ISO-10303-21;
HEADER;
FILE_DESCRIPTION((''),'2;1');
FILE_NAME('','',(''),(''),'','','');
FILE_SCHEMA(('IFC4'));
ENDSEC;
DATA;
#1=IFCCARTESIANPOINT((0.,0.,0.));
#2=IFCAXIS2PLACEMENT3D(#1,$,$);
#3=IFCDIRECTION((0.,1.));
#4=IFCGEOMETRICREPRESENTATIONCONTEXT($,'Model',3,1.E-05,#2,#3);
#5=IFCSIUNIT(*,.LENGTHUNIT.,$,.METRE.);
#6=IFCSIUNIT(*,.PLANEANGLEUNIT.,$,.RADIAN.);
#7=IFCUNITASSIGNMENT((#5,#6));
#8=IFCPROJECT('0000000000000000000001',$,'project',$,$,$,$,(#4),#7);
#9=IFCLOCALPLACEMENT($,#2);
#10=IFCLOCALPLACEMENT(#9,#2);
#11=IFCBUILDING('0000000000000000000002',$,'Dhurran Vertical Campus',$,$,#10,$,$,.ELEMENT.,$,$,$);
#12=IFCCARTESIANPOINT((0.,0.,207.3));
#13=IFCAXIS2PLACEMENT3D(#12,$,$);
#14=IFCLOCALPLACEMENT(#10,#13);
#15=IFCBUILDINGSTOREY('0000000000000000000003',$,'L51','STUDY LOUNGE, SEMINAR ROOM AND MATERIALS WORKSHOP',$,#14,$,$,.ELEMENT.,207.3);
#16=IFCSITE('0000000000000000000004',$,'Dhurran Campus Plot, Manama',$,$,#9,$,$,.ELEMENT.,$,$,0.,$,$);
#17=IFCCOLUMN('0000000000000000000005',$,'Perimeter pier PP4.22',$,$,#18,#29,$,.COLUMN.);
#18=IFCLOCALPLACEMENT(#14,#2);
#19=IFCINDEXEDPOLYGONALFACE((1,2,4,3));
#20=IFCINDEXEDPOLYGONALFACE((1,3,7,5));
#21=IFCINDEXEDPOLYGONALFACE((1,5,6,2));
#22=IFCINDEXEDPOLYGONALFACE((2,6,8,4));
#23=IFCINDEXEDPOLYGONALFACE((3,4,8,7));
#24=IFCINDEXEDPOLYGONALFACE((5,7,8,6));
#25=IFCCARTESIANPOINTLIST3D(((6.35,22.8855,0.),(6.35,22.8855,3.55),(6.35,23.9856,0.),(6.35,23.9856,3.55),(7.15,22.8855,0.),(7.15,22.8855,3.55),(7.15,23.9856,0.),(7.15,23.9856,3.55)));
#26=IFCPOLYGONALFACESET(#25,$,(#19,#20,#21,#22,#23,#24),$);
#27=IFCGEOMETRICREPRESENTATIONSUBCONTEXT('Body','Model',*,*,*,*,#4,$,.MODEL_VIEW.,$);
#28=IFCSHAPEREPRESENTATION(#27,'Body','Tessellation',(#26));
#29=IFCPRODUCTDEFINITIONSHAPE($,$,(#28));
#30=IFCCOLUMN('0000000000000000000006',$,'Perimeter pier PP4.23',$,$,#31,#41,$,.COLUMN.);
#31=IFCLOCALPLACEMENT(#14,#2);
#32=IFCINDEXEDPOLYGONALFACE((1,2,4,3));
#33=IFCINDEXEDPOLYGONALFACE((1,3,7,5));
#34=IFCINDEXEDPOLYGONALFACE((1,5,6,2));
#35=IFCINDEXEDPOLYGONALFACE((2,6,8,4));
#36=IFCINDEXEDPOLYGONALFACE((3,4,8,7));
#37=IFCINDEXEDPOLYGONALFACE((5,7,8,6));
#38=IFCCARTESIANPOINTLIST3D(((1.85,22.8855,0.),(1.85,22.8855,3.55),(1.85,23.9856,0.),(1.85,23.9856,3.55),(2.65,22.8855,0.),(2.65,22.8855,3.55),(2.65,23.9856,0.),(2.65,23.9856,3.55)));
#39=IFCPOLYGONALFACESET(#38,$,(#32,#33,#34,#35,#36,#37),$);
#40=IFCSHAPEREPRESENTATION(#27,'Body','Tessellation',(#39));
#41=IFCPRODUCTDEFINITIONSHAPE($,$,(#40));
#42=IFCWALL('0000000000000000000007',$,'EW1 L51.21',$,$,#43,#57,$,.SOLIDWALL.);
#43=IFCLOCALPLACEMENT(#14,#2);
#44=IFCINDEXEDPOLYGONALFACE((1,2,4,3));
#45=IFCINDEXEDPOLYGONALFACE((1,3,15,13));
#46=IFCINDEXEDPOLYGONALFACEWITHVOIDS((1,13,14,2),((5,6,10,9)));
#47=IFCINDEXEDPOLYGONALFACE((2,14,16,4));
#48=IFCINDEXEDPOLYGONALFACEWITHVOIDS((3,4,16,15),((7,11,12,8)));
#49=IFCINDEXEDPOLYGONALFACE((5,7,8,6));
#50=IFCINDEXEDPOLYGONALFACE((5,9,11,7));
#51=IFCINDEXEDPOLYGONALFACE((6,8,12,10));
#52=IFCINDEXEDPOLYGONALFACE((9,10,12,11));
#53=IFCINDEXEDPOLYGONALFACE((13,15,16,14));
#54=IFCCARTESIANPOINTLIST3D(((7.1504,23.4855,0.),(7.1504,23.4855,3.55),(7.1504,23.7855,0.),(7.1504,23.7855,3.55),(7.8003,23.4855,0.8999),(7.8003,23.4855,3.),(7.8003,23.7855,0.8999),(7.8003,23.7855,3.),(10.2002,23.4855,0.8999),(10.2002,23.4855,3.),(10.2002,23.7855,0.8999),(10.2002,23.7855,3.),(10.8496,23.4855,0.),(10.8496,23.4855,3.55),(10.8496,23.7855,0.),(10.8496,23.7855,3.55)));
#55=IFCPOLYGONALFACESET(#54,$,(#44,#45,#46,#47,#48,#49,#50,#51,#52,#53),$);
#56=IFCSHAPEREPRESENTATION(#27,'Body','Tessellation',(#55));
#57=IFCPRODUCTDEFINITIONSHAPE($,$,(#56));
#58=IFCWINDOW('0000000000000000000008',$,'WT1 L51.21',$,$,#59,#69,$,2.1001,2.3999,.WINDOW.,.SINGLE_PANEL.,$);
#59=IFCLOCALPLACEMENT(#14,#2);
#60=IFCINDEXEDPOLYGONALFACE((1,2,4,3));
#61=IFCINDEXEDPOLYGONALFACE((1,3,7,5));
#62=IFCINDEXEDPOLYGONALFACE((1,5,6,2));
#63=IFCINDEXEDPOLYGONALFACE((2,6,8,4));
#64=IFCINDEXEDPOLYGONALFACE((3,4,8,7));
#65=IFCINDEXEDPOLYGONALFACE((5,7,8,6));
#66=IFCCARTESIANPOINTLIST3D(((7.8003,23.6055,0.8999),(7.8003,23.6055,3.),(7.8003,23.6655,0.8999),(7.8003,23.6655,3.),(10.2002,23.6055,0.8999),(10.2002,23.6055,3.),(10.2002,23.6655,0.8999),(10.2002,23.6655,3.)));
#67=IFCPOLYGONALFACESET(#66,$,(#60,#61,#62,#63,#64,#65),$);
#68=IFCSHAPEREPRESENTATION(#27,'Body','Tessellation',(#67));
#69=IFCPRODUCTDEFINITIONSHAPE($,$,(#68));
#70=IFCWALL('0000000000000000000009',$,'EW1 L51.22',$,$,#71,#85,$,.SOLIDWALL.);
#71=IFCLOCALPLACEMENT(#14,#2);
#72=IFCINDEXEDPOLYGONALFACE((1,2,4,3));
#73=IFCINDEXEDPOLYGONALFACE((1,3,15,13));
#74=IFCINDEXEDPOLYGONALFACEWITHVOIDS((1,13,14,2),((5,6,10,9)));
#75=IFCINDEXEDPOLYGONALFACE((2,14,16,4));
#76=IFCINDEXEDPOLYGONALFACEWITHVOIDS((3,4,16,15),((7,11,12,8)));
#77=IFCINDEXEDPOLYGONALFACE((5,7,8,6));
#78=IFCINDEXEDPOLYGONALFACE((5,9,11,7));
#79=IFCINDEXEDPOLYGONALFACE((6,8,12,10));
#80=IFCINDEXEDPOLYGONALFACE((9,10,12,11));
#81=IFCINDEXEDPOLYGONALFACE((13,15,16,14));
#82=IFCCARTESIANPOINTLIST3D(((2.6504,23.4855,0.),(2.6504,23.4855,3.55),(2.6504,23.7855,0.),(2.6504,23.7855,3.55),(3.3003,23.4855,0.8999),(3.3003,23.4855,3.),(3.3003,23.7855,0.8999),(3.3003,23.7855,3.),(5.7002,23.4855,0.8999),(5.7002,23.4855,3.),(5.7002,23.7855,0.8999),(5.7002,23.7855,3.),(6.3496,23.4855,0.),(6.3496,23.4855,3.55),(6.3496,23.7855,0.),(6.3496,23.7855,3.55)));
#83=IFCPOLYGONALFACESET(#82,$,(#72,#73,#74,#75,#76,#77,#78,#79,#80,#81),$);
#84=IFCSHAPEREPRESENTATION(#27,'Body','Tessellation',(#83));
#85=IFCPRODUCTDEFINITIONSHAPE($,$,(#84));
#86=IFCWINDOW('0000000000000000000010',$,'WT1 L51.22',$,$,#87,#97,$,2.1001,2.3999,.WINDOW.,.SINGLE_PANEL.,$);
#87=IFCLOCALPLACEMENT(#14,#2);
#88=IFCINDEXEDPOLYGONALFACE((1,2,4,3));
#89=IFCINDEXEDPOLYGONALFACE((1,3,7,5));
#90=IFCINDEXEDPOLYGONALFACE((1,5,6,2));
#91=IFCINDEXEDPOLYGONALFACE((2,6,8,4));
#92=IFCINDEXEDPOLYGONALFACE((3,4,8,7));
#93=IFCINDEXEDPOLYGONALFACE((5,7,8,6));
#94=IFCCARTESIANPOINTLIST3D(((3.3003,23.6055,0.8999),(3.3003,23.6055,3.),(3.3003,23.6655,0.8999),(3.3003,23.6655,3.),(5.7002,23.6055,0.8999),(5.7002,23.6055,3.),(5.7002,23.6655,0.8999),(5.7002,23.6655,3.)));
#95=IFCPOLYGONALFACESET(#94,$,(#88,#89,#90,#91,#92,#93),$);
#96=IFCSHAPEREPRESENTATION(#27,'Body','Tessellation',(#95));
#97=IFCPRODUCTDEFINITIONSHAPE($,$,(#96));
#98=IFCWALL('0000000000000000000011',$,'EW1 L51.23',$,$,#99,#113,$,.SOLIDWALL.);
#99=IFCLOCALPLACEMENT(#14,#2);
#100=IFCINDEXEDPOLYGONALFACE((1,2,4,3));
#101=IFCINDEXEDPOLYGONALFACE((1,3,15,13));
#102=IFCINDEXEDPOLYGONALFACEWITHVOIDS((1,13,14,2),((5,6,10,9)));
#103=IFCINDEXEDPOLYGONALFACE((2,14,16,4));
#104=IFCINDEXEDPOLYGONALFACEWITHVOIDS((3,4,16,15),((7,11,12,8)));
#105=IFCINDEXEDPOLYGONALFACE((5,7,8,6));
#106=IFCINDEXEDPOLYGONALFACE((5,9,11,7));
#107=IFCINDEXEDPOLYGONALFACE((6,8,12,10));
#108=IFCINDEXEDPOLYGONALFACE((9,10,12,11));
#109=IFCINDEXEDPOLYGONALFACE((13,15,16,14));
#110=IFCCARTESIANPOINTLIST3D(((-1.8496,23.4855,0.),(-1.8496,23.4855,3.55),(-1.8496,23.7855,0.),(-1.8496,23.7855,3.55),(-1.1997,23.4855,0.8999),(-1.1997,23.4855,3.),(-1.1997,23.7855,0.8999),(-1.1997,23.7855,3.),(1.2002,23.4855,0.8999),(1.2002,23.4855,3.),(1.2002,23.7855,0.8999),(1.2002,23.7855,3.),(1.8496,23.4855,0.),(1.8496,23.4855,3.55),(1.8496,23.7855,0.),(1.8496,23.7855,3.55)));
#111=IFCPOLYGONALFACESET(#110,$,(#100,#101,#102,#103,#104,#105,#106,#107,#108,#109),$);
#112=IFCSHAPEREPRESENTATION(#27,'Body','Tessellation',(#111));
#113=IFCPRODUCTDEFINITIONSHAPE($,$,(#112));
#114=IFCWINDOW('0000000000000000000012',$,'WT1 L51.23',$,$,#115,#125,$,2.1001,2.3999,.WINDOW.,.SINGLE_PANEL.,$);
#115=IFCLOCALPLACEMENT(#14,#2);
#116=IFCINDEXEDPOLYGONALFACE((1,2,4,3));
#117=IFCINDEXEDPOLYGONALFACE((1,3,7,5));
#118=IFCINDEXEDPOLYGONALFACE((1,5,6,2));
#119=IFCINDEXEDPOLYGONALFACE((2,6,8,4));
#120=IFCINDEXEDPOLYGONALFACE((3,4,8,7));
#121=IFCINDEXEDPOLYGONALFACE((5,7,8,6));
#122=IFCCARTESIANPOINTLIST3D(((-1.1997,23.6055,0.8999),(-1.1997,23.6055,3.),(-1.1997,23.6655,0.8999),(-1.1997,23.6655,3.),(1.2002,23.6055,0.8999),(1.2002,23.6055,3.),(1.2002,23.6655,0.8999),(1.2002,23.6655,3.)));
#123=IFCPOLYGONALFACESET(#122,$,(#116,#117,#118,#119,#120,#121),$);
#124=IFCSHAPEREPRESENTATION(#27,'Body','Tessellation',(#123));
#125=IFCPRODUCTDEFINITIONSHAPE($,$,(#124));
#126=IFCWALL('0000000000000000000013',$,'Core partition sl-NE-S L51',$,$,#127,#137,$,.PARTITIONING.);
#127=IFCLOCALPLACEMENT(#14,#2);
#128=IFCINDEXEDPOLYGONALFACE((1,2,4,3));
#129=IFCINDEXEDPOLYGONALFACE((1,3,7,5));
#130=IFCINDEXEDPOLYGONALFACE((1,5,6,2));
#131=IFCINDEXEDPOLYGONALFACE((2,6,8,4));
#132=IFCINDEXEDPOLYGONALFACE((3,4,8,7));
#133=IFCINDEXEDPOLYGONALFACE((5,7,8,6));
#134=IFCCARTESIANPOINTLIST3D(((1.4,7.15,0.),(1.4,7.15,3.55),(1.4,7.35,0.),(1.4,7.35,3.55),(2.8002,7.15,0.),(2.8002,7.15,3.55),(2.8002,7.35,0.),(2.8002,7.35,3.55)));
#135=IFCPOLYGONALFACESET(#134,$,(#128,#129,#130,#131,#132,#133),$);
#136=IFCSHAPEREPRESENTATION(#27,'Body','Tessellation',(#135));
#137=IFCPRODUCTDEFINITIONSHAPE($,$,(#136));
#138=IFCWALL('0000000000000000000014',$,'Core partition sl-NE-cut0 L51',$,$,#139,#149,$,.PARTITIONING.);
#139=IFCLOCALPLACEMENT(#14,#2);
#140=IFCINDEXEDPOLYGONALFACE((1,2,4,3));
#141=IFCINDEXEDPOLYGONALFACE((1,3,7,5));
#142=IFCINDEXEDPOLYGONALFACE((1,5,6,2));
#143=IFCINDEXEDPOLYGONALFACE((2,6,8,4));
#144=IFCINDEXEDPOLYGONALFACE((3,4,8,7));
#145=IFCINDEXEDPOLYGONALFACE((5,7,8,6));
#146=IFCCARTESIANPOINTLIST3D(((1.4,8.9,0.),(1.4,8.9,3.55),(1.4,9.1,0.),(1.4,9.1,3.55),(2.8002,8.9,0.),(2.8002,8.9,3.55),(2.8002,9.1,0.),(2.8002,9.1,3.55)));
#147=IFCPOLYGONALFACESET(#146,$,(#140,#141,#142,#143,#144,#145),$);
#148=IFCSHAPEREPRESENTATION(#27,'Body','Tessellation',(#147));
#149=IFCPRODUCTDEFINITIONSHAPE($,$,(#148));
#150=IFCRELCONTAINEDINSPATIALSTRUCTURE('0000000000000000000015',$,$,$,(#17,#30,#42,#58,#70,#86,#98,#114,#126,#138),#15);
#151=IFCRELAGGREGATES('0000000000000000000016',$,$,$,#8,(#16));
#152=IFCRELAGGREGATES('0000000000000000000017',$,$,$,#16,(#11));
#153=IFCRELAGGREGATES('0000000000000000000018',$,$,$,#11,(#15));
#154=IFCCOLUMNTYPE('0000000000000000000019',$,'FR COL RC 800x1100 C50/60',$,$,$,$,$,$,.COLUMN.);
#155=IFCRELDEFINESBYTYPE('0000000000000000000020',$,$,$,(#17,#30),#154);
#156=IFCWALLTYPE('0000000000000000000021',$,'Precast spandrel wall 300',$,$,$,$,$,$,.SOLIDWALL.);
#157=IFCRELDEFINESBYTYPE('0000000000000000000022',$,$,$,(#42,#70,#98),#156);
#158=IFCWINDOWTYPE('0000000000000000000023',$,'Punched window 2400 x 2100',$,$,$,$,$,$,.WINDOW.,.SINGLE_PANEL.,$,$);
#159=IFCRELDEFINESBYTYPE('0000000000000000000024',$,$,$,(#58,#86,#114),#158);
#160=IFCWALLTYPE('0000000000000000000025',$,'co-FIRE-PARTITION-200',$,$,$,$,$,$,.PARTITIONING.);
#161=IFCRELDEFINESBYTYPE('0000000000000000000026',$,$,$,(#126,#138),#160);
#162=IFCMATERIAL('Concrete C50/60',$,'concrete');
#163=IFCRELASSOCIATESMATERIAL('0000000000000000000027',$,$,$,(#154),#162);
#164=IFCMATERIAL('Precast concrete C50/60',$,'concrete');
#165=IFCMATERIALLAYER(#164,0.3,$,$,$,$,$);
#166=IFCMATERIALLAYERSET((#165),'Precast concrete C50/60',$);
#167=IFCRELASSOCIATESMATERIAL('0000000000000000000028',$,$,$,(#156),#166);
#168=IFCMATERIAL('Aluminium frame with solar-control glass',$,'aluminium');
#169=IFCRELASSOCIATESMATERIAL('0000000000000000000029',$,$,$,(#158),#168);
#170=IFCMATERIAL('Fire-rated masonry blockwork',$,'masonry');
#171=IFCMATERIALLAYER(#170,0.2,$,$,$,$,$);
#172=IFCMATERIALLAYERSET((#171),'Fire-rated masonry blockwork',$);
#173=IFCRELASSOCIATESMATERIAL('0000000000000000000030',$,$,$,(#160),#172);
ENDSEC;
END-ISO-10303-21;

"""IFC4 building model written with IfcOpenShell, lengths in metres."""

from ifc_helpers import new_model, si_unit, direction, frame, frame_2d, origin, origin_2d, place, context, subcontext, project, spatial, rectangle, extrude, material, layer, layer_set, material_profile, profile_set, type_object, element, fill, save


model = new_model("IFC4")

# Units and contexts
model_context = context("Model", 3, precision=1e-05, world=origin(), true_north=direction((0.0, 1.0)))
body_context = subcontext(model_context, "Body", "Model", "MODEL_VIEW")
ifc_project = project(units=[si_unit("LENGTHUNIT", "METRE"), si_unit("PLANEANGLEUNIT", "RADIAN")], contexts=[model_context])

# Site, building, storey
site_placement = place(None, origin())
site = spatial("IfcSite", under=ifc_project, at=site_placement, Name="Dhurran Campus Plot, Manama", CompositionType="ELEMENT", RefElevation=0.0)
building_placement = place(site_placement, origin())
building = spatial("IfcBuilding", under=site, at=building_placement, Name="Dhurran Vertical Campus", CompositionType="ELEMENT")
storey_placement = place(building_placement, frame((0.0, 0.0, 207.3)))
storey = spatial("IfcBuildingStorey", under=building, at=storey_placement, Name="L51", Description="STUDY LOUNGE, SEMINAR ROOM AND MATERIALS WORKSHOP", CompositionType="ELEMENT", Elevation=207.3)

# Columns
ifc_material_1 = material(Name="Concrete C50/60", Category="concrete")
ifc_material_profile = material_profile(ifc_material_1, rectangle(XDim=0.8, YDim=1.1001, at=origin_2d()), Name="RC 800x1100")
ifc_profile_set = profile_set([ifc_material_profile], Name="Concrete C50/60")
column_type = type_object("IfcColumnType", Name="FR COL RC 800x1100 C50/60", PredefinedType="COLUMN", material=ifc_profile_set)
for number, where, z_axis, x_axis, name in (
    (1, (6.75, 23.4355, 0.0), (0.0, 0.0, 1.0), (-1.0, 0.0, 0.0), "Perimeter pier PP4.22"),
    (2, (2.25, 23.4355, 0.0), (0.0, 0.0, 1.0), (-1.0, 0.0, 0.0), "Perimeter pier PP4.23"),
):
    element("IfcColumn", number, at=place(storey_placement, frame(where, z_axis=z_axis, x_axis=x_axis)), inside=storey, type_object=column_type, Name=name, PredefinedType="COLUMN", context=body_context, shape_type="SweptSolid", body=[
        extrude(rectangle(XDim=0.8, YDim=1.1001, at=origin_2d()), origin(), (0.0, 0.0, 1.0), 3.55),
    ])

# Walls, openings, windows
ifc_material_2 = material(Name="Precast concrete C50/60", Category="concrete")
ifc_layer_1 = layer(ifc_material_2, 0.3)
ifc_layer_set_1 = layer_set([ifc_layer_1], Name="Precast concrete C50/60")
wall_type_1 = type_object("IfcWallType", Name="Precast spandrel wall 300", PredefinedType="SOLIDWALL", material=ifc_layer_set_1)
wall_1_placement = place(storey_placement, frame((10.8496, 23.6355, 0.0), z_axis=(0.0, 0.0, 1.0), x_axis=(-1.0, 0.0, 0.0)))
wall_1 = element("IfcWall", 3, at=wall_1_placement, inside=storey, type_object=wall_type_1, Name="EW1 L51.21", PredefinedType="SOLIDWALL", context=body_context, shape_type="SweptSolid", body=[
    extrude(rectangle(XDim=3.6992, YDim=0.3, at=frame_2d((1.8496, 0.0))), origin(), (0.0, 0.0, 1.0), 3.55),
])
opening_1_placement = place(wall_1_placement, frame((0.6494, 0.0, 0.8999)))
opening_1 = element("IfcOpeningElement", 4, at=opening_1_placement, cuts=wall_1, PredefinedType="OPENING", context=body_context, shape_type="SweptSolid", body=[
    extrude(rectangle(XDim=2.3999, YDim=2.1001, at=frame_2d((1.2, 1.05))), frame((0.0, 0.1599, 0.0), z_axis=(0.0, -1.0, 0.0), x_axis=(1.0, 0.0, 0.0)), (0.0, 0.0, 1.0), 0.3201),
])
ifc_material_3 = material(Name="Aluminium frame with solar-control glass", Category="aluminium")
window_type = type_object("IfcWindowType", Name="Punched window 2400 x 2100", PartitioningType="SINGLE_PANEL", PredefinedType="WINDOW", material=ifc_material_3)
window_1_placement = place(opening_1_placement, origin())
window_1 = element("IfcWindow", 5, at=window_1_placement, inside=storey, type_object=window_type, Name="WT1 L51.21", OverallHeight=2.1001, OverallWidth=2.3999, PartitioningType="SINGLE_PANEL", PredefinedType="WINDOW", context=body_context, shape_type="SweptSolid", body=[
    extrude(rectangle(XDim=2.3999, YDim=2.1001, at=frame_2d((1.2, 1.05))), frame((0.0, 0.03, 0.0), z_axis=(0.0, -1.0, 0.0), x_axis=(1.0, 0.0, 0.0)), (0.0, 0.0, 1.0), 0.0601),
])
fill(opening_1, window_1)
wall_2_placement = place(storey_placement, frame((6.3496, 23.6355, 0.0), z_axis=(0.0, 0.0, 1.0), x_axis=(-1.0, 0.0, 0.0)))
wall_2 = element("IfcWall", 6, at=wall_2_placement, inside=storey, type_object=wall_type_1, Name="EW1 L51.22", PredefinedType="SOLIDWALL", context=body_context, shape_type="SweptSolid", body=[
    extrude(rectangle(XDim=3.6992, YDim=0.3, at=frame_2d((1.8496, 0.0))), origin(), (0.0, 0.0, 1.0), 3.55),
])
opening_2_placement = place(wall_2_placement, frame((0.6494, 0.0, 0.8999)))
opening_2 = element("IfcOpeningElement", 7, at=opening_2_placement, cuts=wall_2, PredefinedType="OPENING", context=body_context, shape_type="SweptSolid", body=[
    extrude(rectangle(XDim=2.3999, YDim=2.1001, at=frame_2d((1.2, 1.05))), frame((0.0, 0.1599, 0.0), z_axis=(0.0, -1.0, 0.0), x_axis=(1.0, 0.0, 0.0)), (0.0, 0.0, 1.0), 0.3201),
])
window_2_placement = place(opening_2_placement, origin())
window_2 = element("IfcWindow", 8, at=window_2_placement, inside=storey, type_object=window_type, Name="WT1 L51.22", OverallHeight=2.1001, OverallWidth=2.3999, PartitioningType="SINGLE_PANEL", PredefinedType="WINDOW", context=body_context, shape_type="SweptSolid", body=[
    extrude(rectangle(XDim=2.3999, YDim=2.1001, at=frame_2d((1.2, 1.05))), frame((0.0, 0.03, 0.0), z_axis=(0.0, -1.0, 0.0), x_axis=(1.0, 0.0, 0.0)), (0.0, 0.0, 1.0), 0.0601),
])
fill(opening_2, window_2)
wall_3_placement = place(storey_placement, frame((1.8496, 23.6355, 0.0), z_axis=(0.0, 0.0, 1.0), x_axis=(-1.0, 0.0, 0.0)))
wall_3 = element("IfcWall", 9, at=wall_3_placement, inside=storey, type_object=wall_type_1, Name="EW1 L51.23", PredefinedType="SOLIDWALL", context=body_context, shape_type="SweptSolid", body=[
    extrude(rectangle(XDim=3.6992, YDim=0.3, at=frame_2d((1.8496, 0.0))), origin(), (0.0, 0.0, 1.0), 3.55),
])
opening_3_placement = place(wall_3_placement, frame((0.6494, 0.0, 0.8999)))
opening_3 = element("IfcOpeningElement", 10, at=opening_3_placement, cuts=wall_3, PredefinedType="OPENING", context=body_context, shape_type="SweptSolid", body=[
    extrude(rectangle(XDim=2.3999, YDim=2.1001, at=frame_2d((1.2, 1.05))), frame((0.0, 0.1599, 0.0), z_axis=(0.0, -1.0, 0.0), x_axis=(1.0, 0.0, 0.0)), (0.0, 0.0, 1.0), 0.3201),
])
window_3_placement = place(opening_3_placement, origin())
window_3 = element("IfcWindow", 11, at=window_3_placement, inside=storey, type_object=window_type, Name="WT1 L51.23", OverallHeight=2.1001, OverallWidth=2.3999, PartitioningType="SINGLE_PANEL", PredefinedType="WINDOW", context=body_context, shape_type="SweptSolid", body=[
    extrude(rectangle(XDim=2.3999, YDim=2.1001, at=frame_2d((1.2, 1.05))), frame((0.0, 0.03, 0.0), z_axis=(0.0, -1.0, 0.0), x_axis=(1.0, 0.0, 0.0)), (0.0, 0.0, 1.0), 0.0601),
])
fill(opening_3, window_3)

# Walls
ifc_material_4 = material(Name="Fire-rated masonry blockwork", Category="masonry")
ifc_layer_2 = layer(ifc_material_4, 0.2)
ifc_layer_set_2 = layer_set([ifc_layer_2], Name="Fire-rated masonry blockwork")
wall_type_2 = type_object("IfcWallType", Name="co-FIRE-PARTITION-200", PredefinedType="PARTITIONING", material=ifc_layer_set_2)
for number, where, z_axis, x_axis, name in (
    (12, (1.3999, 7.25, 0.0), (0.0, 0.0, 1.0), (1.0, 0.0, 0.0), "Core partition sl-NE-S L51"),
    (13, (1.3999, 9.0, 0.0), (0.0, 0.0, 1.0), (1.0, 0.0, 0.0), "Core partition sl-NE-cut0 L51"),
):
    element("IfcWall", number, at=place(storey_placement, frame(where, z_axis=z_axis, x_axis=x_axis)), inside=storey, type_object=wall_type_2, Name=name, PredefinedType="PARTITIONING", context=body_context, shape_type="SweptSolid", body=[
        extrude(rectangle(XDim=1.4001, YDim=0.2, at=frame_2d((0.7002, 0.0))), origin(), (0.0, 0.0, 1.0), 3.55),
    ])

save(model, "model.ifc")
